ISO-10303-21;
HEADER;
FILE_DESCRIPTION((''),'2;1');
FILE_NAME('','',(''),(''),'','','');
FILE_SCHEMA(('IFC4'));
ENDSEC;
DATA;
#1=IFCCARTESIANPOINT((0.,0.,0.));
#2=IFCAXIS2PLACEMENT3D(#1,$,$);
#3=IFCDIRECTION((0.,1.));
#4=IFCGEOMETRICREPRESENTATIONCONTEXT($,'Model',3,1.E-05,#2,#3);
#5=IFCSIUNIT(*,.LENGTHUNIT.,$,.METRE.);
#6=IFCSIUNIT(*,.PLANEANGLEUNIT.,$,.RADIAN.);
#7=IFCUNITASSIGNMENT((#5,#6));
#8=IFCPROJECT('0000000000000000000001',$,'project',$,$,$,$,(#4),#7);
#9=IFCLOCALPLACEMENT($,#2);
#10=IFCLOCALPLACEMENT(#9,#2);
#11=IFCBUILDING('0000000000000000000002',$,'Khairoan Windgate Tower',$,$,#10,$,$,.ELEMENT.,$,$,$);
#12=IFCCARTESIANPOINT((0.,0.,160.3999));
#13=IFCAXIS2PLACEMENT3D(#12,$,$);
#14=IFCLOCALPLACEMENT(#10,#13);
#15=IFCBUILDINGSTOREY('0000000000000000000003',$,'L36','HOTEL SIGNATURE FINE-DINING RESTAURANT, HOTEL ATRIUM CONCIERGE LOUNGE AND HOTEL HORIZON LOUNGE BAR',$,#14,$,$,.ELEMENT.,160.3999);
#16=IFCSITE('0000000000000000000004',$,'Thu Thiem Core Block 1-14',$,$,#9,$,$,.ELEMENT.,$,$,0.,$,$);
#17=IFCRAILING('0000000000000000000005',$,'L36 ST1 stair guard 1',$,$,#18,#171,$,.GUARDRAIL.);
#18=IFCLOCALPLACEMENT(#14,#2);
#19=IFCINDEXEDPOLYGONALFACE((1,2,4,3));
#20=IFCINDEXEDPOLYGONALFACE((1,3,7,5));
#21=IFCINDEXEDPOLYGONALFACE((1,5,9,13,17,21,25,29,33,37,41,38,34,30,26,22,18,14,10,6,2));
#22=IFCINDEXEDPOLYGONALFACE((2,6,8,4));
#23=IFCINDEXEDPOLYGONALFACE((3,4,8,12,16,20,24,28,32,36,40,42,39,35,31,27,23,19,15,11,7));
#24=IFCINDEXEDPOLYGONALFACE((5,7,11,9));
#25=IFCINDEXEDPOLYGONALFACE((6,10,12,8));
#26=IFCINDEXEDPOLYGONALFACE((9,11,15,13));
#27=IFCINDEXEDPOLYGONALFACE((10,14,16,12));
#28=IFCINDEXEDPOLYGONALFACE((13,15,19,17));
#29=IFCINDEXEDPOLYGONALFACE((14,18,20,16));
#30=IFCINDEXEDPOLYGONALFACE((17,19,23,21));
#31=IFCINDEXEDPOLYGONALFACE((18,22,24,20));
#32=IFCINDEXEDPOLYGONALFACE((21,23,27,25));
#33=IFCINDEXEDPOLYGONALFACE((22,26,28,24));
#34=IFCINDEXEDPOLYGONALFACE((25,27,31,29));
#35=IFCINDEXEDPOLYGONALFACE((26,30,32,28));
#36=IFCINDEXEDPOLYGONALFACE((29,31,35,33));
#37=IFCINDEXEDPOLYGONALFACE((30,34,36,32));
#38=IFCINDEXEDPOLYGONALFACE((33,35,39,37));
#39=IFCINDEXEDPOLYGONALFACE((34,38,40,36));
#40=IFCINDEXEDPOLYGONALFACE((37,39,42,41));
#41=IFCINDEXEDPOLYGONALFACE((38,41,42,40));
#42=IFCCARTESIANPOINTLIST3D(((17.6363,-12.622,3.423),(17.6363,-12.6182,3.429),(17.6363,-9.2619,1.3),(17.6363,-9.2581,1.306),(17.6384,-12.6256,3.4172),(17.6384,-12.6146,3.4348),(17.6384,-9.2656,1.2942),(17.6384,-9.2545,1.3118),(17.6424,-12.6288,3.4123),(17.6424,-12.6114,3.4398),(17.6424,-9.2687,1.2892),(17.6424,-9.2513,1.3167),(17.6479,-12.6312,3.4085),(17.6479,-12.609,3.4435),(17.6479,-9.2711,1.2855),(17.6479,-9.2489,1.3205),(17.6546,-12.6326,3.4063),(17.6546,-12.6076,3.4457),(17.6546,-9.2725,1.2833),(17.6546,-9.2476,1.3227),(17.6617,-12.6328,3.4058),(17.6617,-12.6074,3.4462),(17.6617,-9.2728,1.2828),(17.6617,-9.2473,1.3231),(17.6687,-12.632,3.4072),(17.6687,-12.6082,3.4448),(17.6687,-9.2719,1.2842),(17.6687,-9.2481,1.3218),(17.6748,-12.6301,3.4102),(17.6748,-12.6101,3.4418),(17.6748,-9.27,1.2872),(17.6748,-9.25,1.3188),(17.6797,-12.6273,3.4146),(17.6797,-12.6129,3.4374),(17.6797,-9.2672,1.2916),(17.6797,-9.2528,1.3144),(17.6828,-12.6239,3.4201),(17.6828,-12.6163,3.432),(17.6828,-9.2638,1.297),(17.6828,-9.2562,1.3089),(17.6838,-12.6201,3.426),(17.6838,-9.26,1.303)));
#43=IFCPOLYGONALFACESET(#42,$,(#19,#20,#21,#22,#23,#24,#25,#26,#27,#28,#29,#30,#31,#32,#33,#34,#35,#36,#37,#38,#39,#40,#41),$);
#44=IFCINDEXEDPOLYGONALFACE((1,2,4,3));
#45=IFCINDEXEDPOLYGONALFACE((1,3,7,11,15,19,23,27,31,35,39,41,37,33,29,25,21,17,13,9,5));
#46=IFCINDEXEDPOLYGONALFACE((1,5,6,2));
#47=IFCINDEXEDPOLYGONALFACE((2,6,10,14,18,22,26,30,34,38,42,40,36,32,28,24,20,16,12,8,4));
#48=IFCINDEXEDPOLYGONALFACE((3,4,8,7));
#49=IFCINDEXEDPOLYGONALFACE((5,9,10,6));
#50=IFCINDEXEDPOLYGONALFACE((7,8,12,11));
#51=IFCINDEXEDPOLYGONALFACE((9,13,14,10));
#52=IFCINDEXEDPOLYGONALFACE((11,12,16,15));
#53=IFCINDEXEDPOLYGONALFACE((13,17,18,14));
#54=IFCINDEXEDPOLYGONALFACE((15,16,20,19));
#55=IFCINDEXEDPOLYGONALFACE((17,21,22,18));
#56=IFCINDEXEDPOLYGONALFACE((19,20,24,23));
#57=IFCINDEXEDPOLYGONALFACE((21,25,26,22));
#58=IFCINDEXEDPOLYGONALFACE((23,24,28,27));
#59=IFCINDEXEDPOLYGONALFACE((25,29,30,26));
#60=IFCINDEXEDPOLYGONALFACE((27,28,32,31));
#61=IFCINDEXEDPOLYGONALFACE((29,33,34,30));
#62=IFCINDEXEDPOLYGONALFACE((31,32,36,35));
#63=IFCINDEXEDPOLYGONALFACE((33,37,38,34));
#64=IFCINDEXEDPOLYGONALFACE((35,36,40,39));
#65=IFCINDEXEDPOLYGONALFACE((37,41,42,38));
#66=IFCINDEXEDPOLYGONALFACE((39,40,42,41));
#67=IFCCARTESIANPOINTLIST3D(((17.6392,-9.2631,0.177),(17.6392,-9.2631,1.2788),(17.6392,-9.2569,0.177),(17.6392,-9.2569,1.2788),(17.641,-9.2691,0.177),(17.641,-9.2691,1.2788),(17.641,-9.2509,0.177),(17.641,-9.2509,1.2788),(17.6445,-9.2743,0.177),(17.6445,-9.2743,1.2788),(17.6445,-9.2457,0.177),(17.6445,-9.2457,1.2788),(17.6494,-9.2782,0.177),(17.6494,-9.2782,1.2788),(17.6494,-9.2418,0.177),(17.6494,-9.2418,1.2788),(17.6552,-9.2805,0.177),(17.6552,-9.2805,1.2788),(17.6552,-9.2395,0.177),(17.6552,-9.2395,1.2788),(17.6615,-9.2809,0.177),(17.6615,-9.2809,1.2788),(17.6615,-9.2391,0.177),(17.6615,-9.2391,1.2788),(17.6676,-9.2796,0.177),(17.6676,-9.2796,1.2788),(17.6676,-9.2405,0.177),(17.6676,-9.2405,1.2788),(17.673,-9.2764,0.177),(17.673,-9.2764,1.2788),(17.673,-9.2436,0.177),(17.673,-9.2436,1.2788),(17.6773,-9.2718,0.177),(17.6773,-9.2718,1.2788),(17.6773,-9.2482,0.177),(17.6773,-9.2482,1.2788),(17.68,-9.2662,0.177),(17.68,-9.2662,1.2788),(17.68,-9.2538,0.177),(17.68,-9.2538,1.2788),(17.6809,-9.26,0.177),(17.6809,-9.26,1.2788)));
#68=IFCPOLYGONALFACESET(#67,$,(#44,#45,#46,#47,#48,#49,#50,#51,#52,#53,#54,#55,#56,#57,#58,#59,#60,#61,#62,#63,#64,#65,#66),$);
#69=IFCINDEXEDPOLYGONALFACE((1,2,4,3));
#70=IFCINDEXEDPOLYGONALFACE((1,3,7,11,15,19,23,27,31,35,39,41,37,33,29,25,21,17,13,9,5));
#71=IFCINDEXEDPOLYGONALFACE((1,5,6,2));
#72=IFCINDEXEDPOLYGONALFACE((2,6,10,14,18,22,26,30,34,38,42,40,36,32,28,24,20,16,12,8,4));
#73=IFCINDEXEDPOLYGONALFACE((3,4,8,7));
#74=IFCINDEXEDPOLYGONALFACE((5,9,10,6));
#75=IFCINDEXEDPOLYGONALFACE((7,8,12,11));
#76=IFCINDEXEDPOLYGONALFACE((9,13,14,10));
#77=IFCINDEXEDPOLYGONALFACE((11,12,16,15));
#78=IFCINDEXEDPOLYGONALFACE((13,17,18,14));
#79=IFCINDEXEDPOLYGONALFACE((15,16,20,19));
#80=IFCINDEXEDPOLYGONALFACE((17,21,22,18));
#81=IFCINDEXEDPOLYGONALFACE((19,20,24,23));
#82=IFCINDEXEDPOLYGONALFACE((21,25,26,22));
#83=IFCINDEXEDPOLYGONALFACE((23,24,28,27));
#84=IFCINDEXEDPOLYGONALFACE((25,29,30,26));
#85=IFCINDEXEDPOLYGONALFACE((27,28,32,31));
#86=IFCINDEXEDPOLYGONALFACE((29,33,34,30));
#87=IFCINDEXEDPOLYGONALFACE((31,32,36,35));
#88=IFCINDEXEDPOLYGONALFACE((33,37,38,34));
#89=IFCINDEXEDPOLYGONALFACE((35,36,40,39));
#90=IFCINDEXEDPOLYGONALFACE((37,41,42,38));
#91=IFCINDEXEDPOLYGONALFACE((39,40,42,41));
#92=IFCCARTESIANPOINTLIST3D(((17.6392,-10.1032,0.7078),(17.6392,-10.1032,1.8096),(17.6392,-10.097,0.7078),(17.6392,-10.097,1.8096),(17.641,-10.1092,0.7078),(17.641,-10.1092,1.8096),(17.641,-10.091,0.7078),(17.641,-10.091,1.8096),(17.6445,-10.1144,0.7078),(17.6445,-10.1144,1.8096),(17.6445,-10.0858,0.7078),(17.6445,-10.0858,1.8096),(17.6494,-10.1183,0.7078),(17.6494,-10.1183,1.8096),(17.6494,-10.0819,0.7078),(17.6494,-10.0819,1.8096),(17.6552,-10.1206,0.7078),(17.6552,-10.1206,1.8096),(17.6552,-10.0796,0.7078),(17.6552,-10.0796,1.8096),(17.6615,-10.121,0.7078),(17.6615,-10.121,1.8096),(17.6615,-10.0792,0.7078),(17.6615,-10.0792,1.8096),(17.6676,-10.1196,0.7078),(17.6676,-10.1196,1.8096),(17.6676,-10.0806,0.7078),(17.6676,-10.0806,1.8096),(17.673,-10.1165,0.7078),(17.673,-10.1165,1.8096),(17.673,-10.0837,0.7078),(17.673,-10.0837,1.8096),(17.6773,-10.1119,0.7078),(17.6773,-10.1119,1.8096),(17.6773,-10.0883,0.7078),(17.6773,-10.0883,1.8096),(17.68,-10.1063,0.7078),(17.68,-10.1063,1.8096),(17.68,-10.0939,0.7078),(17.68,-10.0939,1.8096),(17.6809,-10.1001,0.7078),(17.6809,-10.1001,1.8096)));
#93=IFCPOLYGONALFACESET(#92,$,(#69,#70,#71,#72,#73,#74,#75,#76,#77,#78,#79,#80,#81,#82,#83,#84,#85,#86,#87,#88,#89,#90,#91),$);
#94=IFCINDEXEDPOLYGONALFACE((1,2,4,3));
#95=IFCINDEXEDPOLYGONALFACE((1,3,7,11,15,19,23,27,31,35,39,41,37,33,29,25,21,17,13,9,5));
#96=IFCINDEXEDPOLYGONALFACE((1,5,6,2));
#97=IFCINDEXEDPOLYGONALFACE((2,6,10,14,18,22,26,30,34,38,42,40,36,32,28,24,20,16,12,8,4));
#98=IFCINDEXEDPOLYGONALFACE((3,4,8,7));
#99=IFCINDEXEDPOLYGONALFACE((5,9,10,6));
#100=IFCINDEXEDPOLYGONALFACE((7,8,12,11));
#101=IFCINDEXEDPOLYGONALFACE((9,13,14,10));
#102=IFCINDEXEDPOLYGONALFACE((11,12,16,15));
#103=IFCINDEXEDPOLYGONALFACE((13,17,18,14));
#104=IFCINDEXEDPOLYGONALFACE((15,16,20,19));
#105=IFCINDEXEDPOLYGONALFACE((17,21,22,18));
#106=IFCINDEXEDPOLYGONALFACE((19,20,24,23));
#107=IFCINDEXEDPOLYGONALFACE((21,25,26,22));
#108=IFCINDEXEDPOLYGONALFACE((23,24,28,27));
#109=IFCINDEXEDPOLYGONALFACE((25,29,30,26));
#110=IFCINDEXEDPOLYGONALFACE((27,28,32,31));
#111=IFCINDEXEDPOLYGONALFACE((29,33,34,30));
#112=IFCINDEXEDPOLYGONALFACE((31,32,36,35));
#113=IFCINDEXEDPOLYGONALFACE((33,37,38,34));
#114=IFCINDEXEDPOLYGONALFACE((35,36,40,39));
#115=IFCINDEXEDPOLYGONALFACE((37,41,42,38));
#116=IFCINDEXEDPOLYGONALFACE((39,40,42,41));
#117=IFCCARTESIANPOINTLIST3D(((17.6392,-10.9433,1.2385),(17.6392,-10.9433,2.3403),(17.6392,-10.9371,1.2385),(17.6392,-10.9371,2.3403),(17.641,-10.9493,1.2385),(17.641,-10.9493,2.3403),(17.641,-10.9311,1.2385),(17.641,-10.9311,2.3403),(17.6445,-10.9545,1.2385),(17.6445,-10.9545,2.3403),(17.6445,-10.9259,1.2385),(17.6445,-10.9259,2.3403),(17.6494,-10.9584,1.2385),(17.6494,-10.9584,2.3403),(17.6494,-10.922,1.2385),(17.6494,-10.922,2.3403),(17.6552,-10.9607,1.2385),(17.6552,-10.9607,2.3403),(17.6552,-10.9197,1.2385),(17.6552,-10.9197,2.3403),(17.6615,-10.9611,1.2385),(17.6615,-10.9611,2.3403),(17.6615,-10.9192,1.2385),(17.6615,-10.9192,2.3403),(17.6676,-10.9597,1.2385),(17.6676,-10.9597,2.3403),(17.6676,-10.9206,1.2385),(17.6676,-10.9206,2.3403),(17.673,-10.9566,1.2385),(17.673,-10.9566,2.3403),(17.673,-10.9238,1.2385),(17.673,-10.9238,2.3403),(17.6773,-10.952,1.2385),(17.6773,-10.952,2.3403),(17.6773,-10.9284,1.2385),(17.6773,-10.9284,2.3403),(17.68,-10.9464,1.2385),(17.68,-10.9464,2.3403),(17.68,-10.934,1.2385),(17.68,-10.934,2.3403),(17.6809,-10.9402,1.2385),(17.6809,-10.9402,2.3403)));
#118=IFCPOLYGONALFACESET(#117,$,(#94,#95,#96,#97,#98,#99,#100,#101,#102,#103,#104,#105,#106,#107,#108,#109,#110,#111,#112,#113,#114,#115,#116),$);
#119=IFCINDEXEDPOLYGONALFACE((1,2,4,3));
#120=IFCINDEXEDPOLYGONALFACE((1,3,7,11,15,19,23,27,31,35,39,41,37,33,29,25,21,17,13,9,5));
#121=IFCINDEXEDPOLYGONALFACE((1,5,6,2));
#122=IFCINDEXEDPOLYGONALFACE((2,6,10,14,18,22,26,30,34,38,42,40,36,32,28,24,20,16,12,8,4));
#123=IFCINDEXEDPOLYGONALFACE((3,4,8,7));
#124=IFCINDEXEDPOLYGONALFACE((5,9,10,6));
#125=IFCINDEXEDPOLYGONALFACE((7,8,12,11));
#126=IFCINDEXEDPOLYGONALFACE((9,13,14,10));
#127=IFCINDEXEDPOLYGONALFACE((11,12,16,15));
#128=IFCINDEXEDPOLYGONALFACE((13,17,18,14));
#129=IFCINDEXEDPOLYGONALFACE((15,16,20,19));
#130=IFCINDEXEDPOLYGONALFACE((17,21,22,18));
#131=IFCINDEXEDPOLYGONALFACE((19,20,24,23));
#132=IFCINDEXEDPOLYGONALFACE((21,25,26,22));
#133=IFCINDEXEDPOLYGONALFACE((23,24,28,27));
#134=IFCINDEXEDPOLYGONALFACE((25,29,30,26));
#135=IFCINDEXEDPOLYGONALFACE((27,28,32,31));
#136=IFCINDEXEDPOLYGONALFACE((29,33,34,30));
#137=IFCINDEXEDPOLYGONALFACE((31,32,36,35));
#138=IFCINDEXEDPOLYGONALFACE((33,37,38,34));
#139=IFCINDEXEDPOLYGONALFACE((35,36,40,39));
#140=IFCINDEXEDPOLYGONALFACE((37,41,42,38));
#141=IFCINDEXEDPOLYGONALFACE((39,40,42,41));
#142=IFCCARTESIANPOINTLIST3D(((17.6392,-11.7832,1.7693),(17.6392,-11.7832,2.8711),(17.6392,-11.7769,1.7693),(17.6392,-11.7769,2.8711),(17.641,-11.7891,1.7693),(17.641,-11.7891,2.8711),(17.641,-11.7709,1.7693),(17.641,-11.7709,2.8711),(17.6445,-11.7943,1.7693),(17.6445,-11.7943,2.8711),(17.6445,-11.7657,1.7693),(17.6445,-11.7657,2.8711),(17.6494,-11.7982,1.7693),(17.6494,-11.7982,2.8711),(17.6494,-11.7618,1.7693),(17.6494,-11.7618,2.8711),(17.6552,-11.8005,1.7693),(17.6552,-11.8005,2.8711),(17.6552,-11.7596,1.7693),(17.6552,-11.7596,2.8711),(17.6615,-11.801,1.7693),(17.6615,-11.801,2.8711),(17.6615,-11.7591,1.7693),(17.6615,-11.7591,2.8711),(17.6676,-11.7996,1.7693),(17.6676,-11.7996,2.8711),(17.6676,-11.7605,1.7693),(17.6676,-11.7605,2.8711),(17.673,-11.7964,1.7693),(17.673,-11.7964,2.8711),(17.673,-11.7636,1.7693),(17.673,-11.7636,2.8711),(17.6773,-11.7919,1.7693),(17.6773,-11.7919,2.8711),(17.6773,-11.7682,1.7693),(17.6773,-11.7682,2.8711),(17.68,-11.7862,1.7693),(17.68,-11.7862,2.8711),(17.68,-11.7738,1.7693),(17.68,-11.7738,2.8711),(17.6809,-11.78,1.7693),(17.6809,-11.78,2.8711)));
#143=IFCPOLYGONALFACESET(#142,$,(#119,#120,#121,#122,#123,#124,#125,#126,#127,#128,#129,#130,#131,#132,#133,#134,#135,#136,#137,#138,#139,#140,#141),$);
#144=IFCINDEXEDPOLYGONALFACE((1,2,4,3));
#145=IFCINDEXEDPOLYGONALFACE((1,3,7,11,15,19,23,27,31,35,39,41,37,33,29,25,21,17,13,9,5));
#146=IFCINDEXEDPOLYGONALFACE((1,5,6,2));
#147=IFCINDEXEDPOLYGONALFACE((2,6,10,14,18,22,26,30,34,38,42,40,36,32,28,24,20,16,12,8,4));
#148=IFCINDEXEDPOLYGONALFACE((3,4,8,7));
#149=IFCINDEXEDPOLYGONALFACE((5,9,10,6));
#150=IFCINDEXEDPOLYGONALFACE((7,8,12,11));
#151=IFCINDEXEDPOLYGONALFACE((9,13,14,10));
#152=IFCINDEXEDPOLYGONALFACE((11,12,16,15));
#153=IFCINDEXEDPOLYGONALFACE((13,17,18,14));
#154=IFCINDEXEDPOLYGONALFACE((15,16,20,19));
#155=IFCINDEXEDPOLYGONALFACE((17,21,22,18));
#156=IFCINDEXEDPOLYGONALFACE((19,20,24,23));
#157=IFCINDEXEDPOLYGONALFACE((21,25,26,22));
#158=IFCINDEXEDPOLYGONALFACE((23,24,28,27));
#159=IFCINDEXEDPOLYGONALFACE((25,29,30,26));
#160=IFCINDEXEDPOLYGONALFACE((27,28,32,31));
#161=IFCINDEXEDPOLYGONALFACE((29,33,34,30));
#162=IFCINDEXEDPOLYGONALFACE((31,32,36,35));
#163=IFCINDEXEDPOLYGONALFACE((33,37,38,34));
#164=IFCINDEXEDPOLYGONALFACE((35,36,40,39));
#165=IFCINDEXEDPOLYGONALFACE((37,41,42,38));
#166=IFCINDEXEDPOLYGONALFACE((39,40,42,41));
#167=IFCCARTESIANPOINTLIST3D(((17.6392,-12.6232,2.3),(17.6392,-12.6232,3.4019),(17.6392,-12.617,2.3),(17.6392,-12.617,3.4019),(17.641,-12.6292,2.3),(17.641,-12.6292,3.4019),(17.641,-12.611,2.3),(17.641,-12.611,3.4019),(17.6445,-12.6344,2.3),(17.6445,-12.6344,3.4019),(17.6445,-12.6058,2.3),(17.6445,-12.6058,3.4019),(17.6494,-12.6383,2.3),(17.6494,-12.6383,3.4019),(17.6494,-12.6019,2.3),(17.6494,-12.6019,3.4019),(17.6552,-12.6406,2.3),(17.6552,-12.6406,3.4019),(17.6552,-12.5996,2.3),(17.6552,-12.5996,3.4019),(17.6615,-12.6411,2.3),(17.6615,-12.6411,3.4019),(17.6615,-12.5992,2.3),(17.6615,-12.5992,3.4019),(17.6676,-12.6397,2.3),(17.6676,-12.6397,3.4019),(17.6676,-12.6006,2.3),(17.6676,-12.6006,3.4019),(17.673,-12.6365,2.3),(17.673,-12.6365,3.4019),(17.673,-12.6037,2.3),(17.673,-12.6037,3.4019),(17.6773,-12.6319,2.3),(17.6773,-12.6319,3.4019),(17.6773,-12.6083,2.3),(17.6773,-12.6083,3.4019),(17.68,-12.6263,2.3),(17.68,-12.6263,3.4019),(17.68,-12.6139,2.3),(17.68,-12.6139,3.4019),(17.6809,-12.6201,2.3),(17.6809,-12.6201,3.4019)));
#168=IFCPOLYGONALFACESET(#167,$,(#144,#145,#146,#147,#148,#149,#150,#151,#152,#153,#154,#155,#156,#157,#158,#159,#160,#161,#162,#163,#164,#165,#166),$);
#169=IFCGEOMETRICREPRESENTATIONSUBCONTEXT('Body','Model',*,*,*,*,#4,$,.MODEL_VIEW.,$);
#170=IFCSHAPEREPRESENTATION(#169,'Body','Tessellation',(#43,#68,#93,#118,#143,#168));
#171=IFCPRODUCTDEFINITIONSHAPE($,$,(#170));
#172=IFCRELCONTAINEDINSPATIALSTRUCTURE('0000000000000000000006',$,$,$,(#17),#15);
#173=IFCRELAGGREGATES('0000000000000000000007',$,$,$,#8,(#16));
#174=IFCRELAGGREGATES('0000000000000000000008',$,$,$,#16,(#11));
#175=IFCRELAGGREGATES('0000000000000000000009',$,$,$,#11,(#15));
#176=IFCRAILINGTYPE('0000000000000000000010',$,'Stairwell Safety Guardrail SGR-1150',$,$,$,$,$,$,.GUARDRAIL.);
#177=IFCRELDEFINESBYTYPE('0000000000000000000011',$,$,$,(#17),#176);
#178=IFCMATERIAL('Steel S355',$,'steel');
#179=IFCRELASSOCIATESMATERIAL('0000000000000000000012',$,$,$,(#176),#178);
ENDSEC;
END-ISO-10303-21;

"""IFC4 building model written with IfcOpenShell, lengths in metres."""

from ifc_helpers import new_model, si_unit, direction, frame, origin, origin_2d, place, context, subcontext, project, spatial, circle, extrude, material, type_object, element, save


model = new_model("IFC4")

# Units and contexts
model_context = context("Model", 3, precision=1e-05, world=origin(), true_north=direction((0.0, 1.0)))
body_context = subcontext(model_context, "Body", "Model", "MODEL_VIEW")
ifc_project = project(units=[si_unit("LENGTHUNIT", "METRE"), si_unit("PLANEANGLEUNIT", "RADIAN")], contexts=[model_context])

# Site, building, storey
site_placement = place(None, origin())
site = spatial("IfcSite", under=ifc_project, at=site_placement, Name="Thu Thiem Core Block 1-14", CompositionType="ELEMENT", RefElevation=0.0)
building_placement = place(site_placement, origin())
building = spatial("IfcBuilding", under=site, at=building_placement, Name="Khairoan Windgate Tower", CompositionType="ELEMENT")
storey_placement = place(building_placement, frame((0.0, 0.0, 160.3999)))
storey = spatial("IfcBuildingStorey", under=building, at=storey_placement, Name="L36", Description="HOTEL SIGNATURE FINE-DINING RESTAURANT, HOTEL ATRIUM CONCIERGE LOUNGE AND HOTEL HORIZON LOUNGE BAR", CompositionType="ELEMENT", Elevation=160.3999)

# Railing
ifc_material_1 = material(Name="Steel S355", Category="steel")
railing_type_1 = type_object("IfcRailingType", Name="Stairwell Safety Guardrail SGR-1150", PredefinedType="GUARDRAIL", material=ifc_material_1)
railing_1_placement = place(storey_placement, frame((17.6599, -9.26, 0.177)))
element("IfcRailing", 1, at=railing_1_placement, inside=storey, type_object=railing_type_1, Name="L36 ST1 stair guard 1", PredefinedType="GUARDRAIL", context=body_context, shape_type="SweptSolid", body=[
    extrude(circle(Radius=0.0239, at=origin_2d()), frame((0.0, 0.0, 1.126), z_axis=(0.0, -0.84539, 0.53415), x_axis=(1.0, 0.0, 0.0)), (0.0, 0.0, 1.0), 3.9746),
    extrude(circle(Radius=0.021, at=origin_2d()), origin(), (0.0, 0.0, 1.0), 1.1018),
    extrude(circle(Radius=0.021, at=origin_2d()), frame((0.0, -0.8401, 0.5308)), (0.0, 0.0, 1.0), 1.1018),
    extrude(circle(Radius=0.021, at=origin_2d()), frame((0.0, -1.6802, 1.0615)), (0.0, 0.0, 1.0), 1.1018),
    extrude(circle(Radius=0.021, at=origin_2d()), frame((0.0, -2.52, 1.5923)), (0.0, 0.0, 1.0), 1.1018),
    extrude(circle(Radius=0.021, at=origin_2d()), frame((0.0, -3.3601, 2.123)), (0.0, 0.0, 1.0), 1.1018),
])

save(model, "model.ifc")
